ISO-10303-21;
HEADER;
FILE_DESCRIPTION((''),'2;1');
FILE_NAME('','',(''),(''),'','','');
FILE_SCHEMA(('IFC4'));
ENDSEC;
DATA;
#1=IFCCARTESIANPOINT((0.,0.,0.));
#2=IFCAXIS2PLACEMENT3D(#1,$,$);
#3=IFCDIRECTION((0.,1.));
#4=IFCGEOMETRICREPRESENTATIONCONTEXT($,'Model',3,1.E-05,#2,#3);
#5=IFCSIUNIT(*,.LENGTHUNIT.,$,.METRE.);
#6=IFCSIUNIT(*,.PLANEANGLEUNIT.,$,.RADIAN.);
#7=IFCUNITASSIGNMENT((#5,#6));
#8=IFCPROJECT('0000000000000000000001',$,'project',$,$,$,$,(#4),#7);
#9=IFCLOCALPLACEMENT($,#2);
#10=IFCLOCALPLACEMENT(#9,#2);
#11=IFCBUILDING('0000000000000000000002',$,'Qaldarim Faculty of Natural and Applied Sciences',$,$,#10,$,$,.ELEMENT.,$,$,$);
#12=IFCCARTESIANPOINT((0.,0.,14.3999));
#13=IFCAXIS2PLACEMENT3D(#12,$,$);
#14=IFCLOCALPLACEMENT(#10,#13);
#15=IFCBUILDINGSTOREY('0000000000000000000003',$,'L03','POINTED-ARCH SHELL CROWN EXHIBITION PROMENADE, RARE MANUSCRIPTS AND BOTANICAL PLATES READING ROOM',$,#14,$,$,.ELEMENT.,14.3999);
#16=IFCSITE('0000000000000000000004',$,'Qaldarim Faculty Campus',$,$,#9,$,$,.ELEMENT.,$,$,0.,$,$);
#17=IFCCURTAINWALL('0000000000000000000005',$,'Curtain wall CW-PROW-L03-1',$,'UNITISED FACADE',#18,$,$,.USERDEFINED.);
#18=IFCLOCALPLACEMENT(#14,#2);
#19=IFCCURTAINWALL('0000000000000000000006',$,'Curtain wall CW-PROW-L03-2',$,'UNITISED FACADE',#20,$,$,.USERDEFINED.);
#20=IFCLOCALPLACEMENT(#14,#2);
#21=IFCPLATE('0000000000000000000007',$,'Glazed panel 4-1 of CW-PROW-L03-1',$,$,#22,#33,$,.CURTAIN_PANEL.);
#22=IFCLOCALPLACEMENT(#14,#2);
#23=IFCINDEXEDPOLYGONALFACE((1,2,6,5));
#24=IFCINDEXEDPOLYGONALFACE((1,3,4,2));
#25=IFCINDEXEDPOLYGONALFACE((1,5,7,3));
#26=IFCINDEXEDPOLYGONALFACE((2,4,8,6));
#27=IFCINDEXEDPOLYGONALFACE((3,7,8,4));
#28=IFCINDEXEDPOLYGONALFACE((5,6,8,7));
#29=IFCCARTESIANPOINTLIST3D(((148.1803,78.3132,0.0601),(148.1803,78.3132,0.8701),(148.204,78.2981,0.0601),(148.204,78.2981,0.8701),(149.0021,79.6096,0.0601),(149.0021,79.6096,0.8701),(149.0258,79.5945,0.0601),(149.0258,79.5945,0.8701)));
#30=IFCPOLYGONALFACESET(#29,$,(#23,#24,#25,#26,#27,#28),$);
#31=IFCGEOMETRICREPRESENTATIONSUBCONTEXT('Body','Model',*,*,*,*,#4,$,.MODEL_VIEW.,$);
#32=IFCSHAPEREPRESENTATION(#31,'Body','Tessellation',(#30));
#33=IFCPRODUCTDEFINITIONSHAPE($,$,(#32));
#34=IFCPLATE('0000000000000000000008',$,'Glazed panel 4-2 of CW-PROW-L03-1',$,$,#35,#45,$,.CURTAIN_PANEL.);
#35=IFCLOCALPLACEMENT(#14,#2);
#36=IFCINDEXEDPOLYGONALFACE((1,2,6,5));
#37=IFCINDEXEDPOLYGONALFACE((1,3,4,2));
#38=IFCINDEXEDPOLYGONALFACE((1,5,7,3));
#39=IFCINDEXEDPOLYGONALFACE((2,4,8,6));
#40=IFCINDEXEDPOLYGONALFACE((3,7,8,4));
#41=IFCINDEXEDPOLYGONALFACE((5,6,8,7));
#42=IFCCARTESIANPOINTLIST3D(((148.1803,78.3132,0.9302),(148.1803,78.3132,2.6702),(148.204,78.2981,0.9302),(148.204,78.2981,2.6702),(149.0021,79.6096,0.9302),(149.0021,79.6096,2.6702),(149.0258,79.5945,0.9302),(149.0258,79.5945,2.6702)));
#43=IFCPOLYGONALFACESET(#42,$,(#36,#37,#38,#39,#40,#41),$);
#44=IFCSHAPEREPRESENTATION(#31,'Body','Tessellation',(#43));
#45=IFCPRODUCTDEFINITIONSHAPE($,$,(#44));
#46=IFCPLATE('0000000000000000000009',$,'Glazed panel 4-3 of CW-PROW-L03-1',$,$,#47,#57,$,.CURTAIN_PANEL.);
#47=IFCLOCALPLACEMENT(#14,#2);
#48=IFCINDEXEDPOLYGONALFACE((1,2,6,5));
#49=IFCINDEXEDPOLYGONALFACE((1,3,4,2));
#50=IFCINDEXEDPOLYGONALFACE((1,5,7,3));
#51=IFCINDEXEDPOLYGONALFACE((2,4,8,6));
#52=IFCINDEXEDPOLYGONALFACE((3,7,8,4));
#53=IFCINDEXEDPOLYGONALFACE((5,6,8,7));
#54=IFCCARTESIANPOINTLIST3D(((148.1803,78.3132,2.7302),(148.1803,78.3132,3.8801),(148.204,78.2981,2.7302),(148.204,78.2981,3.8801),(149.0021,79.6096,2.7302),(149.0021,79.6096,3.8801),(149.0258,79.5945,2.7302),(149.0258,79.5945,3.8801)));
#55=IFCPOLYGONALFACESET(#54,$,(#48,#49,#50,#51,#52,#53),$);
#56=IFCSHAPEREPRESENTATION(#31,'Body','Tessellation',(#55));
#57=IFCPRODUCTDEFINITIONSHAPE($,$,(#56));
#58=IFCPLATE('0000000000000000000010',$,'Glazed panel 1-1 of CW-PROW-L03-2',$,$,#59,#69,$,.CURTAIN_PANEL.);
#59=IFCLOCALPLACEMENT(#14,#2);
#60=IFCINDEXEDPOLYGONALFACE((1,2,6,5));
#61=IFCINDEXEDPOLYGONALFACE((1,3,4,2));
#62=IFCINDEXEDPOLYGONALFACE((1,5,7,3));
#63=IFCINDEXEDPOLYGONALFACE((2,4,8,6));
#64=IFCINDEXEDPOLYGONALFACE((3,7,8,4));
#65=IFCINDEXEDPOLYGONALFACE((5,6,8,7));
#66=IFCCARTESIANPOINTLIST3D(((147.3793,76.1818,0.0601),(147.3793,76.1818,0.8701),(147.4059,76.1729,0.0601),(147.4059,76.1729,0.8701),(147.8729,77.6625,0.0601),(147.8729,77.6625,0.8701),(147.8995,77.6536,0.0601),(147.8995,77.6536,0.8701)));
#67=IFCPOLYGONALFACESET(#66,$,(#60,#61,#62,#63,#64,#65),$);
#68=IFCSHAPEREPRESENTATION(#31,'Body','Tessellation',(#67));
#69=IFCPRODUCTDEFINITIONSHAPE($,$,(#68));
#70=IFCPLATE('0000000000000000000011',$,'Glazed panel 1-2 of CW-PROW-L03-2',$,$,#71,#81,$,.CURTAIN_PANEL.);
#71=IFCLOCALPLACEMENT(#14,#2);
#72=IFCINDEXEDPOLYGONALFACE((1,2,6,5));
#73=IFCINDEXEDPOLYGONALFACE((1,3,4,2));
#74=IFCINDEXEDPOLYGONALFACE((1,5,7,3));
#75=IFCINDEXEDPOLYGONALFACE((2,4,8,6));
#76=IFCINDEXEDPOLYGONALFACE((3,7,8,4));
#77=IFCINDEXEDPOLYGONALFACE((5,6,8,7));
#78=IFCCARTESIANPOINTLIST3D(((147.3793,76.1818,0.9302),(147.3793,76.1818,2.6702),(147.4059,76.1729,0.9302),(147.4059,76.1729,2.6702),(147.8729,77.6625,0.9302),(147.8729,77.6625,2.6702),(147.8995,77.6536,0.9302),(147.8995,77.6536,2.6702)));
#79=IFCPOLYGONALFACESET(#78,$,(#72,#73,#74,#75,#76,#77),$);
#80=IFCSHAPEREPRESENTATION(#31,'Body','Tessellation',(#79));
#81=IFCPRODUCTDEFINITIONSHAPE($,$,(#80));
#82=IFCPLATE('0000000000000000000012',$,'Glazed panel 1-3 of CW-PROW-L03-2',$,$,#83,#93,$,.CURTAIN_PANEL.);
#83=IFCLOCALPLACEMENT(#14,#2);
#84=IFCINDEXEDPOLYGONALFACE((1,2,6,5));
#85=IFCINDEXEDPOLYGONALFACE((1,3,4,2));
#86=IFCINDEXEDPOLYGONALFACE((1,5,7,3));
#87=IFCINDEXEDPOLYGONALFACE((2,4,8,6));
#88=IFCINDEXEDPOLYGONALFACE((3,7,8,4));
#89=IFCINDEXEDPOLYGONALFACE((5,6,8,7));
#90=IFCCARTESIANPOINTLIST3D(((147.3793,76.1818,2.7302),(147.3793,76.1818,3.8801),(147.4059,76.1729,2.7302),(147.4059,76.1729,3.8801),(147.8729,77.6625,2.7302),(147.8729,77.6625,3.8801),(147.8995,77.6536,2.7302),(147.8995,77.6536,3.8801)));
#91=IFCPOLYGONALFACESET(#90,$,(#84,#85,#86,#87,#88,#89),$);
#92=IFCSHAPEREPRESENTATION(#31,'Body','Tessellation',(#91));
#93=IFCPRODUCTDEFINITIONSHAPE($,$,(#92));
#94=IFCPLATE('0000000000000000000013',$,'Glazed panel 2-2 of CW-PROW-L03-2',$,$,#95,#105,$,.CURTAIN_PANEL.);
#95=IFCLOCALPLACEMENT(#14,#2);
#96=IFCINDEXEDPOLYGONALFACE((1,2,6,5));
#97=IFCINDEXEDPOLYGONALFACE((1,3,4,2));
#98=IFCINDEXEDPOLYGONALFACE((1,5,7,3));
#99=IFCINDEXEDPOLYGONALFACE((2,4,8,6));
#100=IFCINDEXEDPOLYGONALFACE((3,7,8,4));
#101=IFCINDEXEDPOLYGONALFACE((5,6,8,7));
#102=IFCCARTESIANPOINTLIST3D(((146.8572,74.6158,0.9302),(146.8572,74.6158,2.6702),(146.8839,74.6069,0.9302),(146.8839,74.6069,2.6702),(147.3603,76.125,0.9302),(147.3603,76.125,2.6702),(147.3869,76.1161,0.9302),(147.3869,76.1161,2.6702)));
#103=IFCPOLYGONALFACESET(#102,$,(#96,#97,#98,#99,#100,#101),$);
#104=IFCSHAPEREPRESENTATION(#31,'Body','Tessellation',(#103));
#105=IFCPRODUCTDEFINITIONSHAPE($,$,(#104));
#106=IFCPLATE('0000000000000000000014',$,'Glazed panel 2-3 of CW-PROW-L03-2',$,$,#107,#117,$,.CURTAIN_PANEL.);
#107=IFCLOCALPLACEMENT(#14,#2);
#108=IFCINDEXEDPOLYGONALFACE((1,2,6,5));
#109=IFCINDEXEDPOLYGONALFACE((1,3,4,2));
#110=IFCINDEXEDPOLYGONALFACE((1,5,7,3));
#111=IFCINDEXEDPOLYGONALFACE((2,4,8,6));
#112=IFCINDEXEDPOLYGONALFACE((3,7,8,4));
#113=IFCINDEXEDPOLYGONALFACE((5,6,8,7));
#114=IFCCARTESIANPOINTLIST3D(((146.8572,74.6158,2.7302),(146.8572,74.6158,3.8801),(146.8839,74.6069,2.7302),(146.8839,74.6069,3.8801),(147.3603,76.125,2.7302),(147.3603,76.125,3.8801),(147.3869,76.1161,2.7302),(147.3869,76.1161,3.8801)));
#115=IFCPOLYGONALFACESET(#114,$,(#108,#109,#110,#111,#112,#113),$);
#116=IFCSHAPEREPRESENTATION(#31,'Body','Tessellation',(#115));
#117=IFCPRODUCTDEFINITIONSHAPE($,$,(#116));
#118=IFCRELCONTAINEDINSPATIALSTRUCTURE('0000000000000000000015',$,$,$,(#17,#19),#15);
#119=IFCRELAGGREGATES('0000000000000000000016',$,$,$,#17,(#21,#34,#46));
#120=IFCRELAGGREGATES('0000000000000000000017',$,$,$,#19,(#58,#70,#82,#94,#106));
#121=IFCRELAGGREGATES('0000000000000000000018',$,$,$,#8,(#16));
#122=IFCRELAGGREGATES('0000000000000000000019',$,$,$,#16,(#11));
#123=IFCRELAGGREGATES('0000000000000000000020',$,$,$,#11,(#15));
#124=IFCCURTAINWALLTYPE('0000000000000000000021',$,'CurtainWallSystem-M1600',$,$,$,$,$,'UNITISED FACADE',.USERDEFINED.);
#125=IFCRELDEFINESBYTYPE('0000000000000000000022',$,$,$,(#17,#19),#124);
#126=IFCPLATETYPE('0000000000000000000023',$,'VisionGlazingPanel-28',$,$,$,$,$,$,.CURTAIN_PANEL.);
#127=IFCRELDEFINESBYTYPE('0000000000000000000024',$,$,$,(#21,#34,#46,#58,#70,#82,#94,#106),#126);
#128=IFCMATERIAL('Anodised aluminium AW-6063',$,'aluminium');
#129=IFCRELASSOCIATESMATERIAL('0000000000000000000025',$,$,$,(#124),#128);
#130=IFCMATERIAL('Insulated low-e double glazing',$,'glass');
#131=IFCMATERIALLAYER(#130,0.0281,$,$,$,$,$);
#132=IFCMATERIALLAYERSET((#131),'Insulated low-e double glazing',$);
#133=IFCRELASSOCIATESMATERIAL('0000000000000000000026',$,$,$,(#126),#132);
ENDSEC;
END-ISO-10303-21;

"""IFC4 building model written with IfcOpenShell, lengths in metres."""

from ifc_helpers import new_model, si_unit, direction, frame, origin, origin_2d, place, context, subcontext, project, spatial, rectangle, extrude, material, layer, layer_set, type_object, element, aggregate, save


model = new_model("IFC4")

# Units and contexts
model_context = context("Model", 3, precision=1e-05, world=origin(), true_north=direction((0.0, 1.0)))
body_context = subcontext(model_context, "Body", "Model", "MODEL_VIEW")
ifc_project = project(units=[si_unit("LENGTHUNIT", "METRE"), si_unit("PLANEANGLEUNIT", "RADIAN")], contexts=[model_context])

# Site, building, storey
site_placement = place(None, origin())
site = spatial("IfcSite", under=ifc_project, at=site_placement, Name="Qaldarim Faculty Campus", CompositionType="ELEMENT", RefElevation=0.0)
building_placement = place(site_placement, origin())
building = spatial("IfcBuilding", under=site, at=building_placement, Name="Qaldarim Faculty of Natural and Applied Sciences", CompositionType="ELEMENT")
storey_placement = place(building_placement, frame((0.0, 0.0, 14.3999)))
storey = spatial("IfcBuildingStorey", under=building, at=storey_placement, Name="L03", Description="POINTED-ARCH SHELL CROWN EXHIBITION PROMENADE, RARE MANUSCRIPTS AND BOTANICAL PLATES READING ROOM", CompositionType="ELEMENT", Elevation=14.3999)

# Curtain wall
ifc_material_1 = material(Name="Anodised aluminium AW-6063", Category="aluminium")
curtain_wall_type = type_object("IfcCurtainWallType", Name="CurtainWallSystem-M1600", ElementType="UNITISED FACADE", PredefinedType="USERDEFINED", material=ifc_material_1)
curtain_wall_1_placement = place(storey_placement, origin())
curtain_wall_1 = element("IfcCurtainWall", 1, at=curtain_wall_1_placement, inside=storey, type_object=curtain_wall_type, Name="Curtain wall CW-PROW-L03-1", ObjectType="UNITISED FACADE", PredefinedType="USERDEFINED")

# Curtain wall
curtain_wall_2_placement = place(storey_placement, origin())
curtain_wall_2 = element("IfcCurtainWall", 2, at=curtain_wall_2_placement, inside=storey, type_object=curtain_wall_type, Name="Curtain wall CW-PROW-L03-2", ObjectType="UNITISED FACADE", PredefinedType="USERDEFINED")

# Plates
ifc_material_2 = material(Name="Insulated low-e double glazing", Category="glass")
ifc_layer = layer(ifc_material_2, 0.0281)
ifc_layer_set = layer_set([ifc_layer], Name="Insulated low-e double glazing")
plate_type = type_object("IfcPlateType", Name="VisionGlazingPanel-28", PredefinedType="CURTAIN_PANEL", material=ifc_layer_set)
plate_1_placement = place(storey_placement, frame((148.603, 78.9539, 0.0601), z_axis=(0.0, 0.0, 1.0), x_axis=(-0.535385, -0.844608, 0.0)))
plate_1 = element("IfcPlate", 3, at=plate_1_placement, type_object=plate_type, Name="Glazed panel 4-1 of CW-PROW-L03-1", PredefinedType="CURTAIN_PANEL", context=body_context, shape_type="SweptSolid", body=[
    extrude(rectangle(XDim=1.5349, YDim=0.0281, at=origin_2d()), origin(), (0.0, 0.0, 1.0), 0.8101),
])
plate_2_placement = place(storey_placement, frame((148.603, 78.9539, 0.9302), z_axis=(0.0, 0.0, 1.0), x_axis=(-0.535385, -0.844608, 0.0)))
plate_2 = element("IfcPlate", 4, at=plate_2_placement, type_object=plate_type, Name="Glazed panel 4-2 of CW-PROW-L03-1", PredefinedType="CURTAIN_PANEL", context=body_context, shape_type="SweptSolid", body=[
    extrude(rectangle(XDim=1.5349, YDim=0.0281, at=origin_2d()), origin(), (0.0, 0.0, 1.0), 1.74),
])
plate_3_placement = place(storey_placement, frame((148.603, 78.9539, 2.7302), z_axis=(0.0, 0.0, 1.0), x_axis=(-0.535385, -0.844608, 0.0)))
plate_3 = element("IfcPlate", 5, at=plate_3_placement, type_object=plate_type, Name="Glazed panel 4-3 of CW-PROW-L03-1", PredefinedType="CURTAIN_PANEL", context=body_context, shape_type="SweptSolid", body=[
    extrude(rectangle(XDim=1.5349, YDim=0.0281, at=origin_2d()), origin(), (0.0, 0.0, 1.0), 1.1499),
])
aggregate(curtain_wall_1, [plate_1, plate_2, plate_3])
plate_4_placement = place(storey_placement, frame((147.6394, 76.9177, 0.0601), z_axis=(0.0, 0.0, 1.0), x_axis=(-0.316229, -0.948683, 0.0)))
plate_4 = element("IfcPlate", 6, at=plate_4_placement, type_object=plate_type, Name="Glazed panel 1-1 of CW-PROW-L03-2", PredefinedType="CURTAIN_PANEL", context=body_context, shape_type="SweptSolid", body=[
    extrude(rectangle(XDim=1.5608, YDim=0.0281, at=origin_2d()), origin(), (0.0, 0.0, 1.0), 0.8101),
])
plate_5_placement = place(storey_placement, frame((147.6394, 76.9177, 0.9302), z_axis=(0.0, 0.0, 1.0), x_axis=(-0.316229, -0.948683, 0.0)))
plate_5 = element("IfcPlate", 7, at=plate_5_placement, type_object=plate_type, Name="Glazed panel 1-2 of CW-PROW-L03-2", PredefinedType="CURTAIN_PANEL", context=body_context, shape_type="SweptSolid", body=[
    extrude(rectangle(XDim=1.5608, YDim=0.0281, at=origin_2d()), origin(), (0.0, 0.0, 1.0), 1.74),
])
plate_6_placement = place(storey_placement, frame((147.6394, 76.9177, 2.7302), z_axis=(0.0, 0.0, 1.0), x_axis=(-0.316229, -0.948683, 0.0)))
plate_6 = element("IfcPlate", 8, at=plate_6_placement, type_object=plate_type, Name="Glazed panel 1-3 of CW-PROW-L03-2", PredefinedType="CURTAIN_PANEL", context=body_context, shape_type="SweptSolid", body=[
    extrude(rectangle(XDim=1.5608, YDim=0.0281, at=origin_2d()), origin(), (0.0, 0.0, 1.0), 1.1499),
])
plate_7_placement = place(storey_placement, frame((147.1221, 75.366, 0.9302), z_axis=(0.0, 0.0, 1.0), x_axis=(-0.316229, -0.948683, 0.0)))
plate_7 = element("IfcPlate", 9, at=plate_7_placement, type_object=plate_type, Name="Glazed panel 2-2 of CW-PROW-L03-2", PredefinedType="CURTAIN_PANEL", context=body_context, shape_type="SweptSolid", body=[
    extrude(rectangle(XDim=1.5908, YDim=0.0281, at=origin_2d()), origin(), (0.0, 0.0, 1.0), 1.74),
])
plate_8_placement = place(storey_placement, frame((147.1221, 75.366, 2.7302), z_axis=(0.0, 0.0, 1.0), x_axis=(-0.316229, -0.948683, 0.0)))
plate_8 = element("IfcPlate", 10, at=plate_8_placement, type_object=plate_type, Name="Glazed panel 2-3 of CW-PROW-L03-2", PredefinedType="CURTAIN_PANEL", context=body_context, shape_type="SweptSolid", body=[
    extrude(rectangle(XDim=1.5908, YDim=0.0281, at=origin_2d()), origin(), (0.0, 0.0, 1.0), 1.1499),
])
aggregate(curtain_wall_2, [plate_4, plate_5, plate_6, plate_7, plate_8])

save(model, "model.ifc")
